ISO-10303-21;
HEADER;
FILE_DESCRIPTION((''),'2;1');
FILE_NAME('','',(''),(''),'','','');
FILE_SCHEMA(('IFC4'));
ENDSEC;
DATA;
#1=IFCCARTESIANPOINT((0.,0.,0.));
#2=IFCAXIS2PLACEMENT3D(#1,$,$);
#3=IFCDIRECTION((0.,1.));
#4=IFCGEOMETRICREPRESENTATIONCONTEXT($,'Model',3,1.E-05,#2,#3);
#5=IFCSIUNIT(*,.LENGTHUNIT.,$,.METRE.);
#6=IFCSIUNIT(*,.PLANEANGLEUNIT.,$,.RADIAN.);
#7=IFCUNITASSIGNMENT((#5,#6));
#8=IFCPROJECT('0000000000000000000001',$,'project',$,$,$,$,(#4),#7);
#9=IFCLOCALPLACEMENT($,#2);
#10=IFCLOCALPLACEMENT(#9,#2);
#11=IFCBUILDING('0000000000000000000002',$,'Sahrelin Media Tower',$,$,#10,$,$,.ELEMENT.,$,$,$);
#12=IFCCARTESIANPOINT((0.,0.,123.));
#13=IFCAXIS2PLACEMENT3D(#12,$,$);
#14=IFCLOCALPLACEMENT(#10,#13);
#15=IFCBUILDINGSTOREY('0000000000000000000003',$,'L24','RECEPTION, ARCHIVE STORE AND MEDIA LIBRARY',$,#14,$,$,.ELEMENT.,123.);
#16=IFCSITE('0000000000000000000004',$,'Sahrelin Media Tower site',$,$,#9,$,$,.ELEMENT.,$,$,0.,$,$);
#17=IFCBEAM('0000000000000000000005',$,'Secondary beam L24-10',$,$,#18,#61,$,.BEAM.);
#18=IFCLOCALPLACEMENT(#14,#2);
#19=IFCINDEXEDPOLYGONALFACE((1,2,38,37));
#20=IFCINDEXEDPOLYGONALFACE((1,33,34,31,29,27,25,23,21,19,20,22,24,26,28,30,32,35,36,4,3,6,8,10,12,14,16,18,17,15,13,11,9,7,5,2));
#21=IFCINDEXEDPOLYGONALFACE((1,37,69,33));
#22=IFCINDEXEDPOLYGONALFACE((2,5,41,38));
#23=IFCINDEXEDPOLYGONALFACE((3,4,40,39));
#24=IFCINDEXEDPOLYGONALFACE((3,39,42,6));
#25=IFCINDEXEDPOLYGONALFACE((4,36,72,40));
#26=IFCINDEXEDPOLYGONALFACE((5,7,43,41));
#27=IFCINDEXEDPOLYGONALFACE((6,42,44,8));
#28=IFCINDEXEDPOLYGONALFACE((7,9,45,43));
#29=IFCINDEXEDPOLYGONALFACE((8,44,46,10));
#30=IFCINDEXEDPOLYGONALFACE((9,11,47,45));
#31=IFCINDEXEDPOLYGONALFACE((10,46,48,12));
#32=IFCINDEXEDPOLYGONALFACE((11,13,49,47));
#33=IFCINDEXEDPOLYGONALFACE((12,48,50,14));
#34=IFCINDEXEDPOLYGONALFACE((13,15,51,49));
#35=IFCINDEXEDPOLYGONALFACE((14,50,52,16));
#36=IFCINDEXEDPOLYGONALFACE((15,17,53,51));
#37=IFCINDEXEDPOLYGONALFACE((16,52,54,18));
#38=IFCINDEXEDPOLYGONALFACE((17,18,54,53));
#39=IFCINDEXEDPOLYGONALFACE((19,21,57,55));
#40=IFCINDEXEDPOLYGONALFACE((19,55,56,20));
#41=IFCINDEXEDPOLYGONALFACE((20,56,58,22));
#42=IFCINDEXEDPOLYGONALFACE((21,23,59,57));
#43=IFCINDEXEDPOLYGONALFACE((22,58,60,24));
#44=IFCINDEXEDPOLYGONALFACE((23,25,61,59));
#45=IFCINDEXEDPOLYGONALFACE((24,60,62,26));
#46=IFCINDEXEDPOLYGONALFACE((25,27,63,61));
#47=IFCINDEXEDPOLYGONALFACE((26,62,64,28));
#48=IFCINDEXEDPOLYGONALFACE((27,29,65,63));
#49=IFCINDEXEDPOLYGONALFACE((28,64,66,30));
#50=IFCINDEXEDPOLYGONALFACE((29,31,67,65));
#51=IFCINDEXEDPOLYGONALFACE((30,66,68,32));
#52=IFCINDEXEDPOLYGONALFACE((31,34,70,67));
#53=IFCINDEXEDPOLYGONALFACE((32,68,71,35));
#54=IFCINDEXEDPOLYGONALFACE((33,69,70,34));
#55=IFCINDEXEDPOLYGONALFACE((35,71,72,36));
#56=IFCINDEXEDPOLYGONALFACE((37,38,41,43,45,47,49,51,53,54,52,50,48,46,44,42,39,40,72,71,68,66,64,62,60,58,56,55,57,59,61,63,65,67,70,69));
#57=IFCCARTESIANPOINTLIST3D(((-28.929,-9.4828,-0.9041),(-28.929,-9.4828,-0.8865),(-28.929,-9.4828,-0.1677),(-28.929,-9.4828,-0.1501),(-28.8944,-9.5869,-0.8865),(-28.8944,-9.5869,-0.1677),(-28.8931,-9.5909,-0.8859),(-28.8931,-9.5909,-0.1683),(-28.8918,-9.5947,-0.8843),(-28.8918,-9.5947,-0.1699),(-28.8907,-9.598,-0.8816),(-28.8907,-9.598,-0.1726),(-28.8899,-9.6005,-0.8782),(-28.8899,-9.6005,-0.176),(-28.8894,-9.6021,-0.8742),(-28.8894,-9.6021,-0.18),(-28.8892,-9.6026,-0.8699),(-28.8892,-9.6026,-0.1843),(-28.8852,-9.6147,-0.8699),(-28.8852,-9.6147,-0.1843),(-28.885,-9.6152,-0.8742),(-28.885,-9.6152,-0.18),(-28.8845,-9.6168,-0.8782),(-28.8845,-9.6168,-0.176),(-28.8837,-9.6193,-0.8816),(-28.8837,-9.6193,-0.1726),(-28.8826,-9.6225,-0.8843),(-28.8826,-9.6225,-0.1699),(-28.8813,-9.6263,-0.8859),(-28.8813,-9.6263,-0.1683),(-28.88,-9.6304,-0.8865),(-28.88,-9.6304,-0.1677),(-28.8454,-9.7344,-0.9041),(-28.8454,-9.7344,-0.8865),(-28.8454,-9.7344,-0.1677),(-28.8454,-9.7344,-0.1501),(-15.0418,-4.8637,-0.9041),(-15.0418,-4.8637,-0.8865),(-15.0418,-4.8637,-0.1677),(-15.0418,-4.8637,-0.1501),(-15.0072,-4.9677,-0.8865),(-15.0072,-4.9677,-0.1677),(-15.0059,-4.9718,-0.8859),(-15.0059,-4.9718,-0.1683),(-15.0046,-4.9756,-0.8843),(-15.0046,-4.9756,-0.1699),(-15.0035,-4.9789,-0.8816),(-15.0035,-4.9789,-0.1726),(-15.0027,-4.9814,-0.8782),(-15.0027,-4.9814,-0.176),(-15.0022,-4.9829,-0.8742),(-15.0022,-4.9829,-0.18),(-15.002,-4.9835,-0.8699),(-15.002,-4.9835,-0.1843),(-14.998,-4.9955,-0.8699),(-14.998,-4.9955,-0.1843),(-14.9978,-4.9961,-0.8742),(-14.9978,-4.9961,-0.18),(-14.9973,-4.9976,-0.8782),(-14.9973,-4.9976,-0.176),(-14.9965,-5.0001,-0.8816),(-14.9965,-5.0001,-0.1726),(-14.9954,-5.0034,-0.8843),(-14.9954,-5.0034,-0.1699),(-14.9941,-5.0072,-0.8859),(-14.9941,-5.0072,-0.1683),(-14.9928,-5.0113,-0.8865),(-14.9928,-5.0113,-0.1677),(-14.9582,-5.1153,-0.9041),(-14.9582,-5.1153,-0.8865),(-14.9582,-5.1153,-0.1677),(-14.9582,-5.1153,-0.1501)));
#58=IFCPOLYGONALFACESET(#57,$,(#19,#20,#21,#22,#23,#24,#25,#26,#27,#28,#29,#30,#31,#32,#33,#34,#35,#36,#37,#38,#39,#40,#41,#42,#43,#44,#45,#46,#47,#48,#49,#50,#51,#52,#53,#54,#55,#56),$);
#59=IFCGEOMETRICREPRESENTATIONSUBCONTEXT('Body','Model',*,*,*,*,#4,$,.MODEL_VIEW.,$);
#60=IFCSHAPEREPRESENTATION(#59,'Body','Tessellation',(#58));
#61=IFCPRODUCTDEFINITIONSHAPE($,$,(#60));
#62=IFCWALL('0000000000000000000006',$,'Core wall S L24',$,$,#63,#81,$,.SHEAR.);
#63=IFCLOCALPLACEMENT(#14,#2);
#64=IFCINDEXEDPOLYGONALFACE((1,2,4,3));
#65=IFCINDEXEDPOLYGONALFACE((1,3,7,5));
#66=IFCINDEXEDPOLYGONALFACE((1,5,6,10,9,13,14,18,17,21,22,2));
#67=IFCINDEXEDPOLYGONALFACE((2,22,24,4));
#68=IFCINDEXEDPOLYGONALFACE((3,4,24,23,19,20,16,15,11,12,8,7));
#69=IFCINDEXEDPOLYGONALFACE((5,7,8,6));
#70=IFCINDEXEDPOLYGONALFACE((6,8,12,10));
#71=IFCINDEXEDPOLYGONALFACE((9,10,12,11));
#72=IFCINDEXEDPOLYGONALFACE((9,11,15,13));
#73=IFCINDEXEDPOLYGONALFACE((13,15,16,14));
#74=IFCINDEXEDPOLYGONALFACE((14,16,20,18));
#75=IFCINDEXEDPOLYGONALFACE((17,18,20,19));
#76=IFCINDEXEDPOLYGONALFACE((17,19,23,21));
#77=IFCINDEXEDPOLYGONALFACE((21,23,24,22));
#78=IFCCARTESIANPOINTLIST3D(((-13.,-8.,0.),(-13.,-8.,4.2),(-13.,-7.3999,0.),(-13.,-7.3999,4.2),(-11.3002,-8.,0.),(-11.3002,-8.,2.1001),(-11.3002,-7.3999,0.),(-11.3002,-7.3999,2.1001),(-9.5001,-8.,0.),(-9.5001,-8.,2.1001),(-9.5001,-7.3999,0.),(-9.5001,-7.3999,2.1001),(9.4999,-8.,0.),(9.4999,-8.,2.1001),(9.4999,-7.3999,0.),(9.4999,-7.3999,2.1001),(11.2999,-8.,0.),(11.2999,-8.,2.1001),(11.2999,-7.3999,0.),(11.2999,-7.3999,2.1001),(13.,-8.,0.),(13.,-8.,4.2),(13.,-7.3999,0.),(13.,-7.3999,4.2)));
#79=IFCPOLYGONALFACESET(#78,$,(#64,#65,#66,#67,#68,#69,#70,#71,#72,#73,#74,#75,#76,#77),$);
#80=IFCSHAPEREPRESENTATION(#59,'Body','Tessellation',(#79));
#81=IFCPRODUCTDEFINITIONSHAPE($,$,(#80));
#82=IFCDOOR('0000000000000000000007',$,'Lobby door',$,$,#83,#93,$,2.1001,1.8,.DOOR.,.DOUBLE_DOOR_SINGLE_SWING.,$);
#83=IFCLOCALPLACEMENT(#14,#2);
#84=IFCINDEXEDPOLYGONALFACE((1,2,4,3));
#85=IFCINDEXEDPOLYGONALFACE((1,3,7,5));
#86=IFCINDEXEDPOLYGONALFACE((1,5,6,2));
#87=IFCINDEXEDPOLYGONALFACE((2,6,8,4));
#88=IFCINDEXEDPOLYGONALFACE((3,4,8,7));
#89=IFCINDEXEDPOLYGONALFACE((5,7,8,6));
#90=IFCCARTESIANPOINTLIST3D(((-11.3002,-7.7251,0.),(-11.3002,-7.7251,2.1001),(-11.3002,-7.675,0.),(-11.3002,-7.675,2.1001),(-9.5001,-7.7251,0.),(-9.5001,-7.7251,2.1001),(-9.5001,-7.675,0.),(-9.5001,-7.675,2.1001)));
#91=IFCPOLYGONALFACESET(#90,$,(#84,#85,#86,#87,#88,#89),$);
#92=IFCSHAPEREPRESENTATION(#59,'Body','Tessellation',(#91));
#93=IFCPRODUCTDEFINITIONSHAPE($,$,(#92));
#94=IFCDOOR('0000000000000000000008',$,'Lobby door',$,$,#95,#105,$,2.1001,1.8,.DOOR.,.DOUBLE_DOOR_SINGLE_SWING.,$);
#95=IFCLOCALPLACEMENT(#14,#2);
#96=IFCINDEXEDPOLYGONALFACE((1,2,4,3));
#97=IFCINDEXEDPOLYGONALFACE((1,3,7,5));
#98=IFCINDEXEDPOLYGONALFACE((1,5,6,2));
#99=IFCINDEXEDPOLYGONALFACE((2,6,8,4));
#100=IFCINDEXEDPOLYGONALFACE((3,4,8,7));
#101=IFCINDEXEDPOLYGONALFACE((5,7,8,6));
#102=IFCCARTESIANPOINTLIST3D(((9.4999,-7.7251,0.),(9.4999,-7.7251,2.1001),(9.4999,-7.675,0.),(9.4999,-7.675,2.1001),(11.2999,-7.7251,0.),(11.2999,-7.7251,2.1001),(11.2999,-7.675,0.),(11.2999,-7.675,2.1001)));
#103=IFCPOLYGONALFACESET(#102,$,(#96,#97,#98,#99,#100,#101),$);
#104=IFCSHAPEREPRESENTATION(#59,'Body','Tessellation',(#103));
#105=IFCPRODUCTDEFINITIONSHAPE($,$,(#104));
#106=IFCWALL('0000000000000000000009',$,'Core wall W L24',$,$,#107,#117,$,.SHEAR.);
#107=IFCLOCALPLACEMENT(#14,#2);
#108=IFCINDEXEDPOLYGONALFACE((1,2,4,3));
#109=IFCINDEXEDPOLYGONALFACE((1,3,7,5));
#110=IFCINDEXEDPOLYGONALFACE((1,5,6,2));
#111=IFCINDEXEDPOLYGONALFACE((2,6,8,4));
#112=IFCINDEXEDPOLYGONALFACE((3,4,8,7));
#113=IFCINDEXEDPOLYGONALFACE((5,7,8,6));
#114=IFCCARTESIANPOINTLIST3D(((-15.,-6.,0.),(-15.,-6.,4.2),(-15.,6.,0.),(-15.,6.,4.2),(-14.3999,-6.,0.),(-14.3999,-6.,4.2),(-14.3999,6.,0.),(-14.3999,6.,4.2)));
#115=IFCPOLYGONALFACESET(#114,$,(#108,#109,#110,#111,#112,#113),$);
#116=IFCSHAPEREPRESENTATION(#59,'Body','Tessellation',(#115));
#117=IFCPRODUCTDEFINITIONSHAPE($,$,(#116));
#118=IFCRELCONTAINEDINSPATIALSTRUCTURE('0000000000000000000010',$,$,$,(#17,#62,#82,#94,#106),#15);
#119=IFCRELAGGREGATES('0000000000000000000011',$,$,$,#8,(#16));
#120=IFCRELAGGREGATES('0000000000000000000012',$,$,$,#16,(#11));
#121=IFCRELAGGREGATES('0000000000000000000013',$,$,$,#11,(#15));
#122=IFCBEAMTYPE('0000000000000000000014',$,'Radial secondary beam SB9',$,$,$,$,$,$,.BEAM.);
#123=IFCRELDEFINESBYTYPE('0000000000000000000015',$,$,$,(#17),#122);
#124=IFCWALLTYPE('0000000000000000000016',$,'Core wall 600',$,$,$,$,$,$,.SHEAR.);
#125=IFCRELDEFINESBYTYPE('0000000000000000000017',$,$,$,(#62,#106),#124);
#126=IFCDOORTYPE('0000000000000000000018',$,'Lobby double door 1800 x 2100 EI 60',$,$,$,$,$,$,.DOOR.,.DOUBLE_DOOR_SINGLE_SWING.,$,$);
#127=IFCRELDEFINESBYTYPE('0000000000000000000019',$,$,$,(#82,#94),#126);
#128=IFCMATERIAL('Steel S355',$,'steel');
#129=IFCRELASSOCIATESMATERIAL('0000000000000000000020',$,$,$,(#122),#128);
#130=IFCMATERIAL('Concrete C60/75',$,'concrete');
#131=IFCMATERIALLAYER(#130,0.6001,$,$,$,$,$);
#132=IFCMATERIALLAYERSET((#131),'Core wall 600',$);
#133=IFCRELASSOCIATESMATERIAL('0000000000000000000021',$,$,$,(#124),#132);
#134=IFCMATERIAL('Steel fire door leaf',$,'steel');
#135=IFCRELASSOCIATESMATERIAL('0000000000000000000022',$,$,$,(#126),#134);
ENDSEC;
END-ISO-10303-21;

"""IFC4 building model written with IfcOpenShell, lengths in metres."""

from ifc_helpers import new_model, si_unit, direction, frame, frame_2d, origin, origin_2d, place, context, subcontext, project, spatial, rectangle, i_section, extrude, material, layer, layer_set, material_profile, profile_set, type_object, element, fill, save


model = new_model("IFC4")

# Units and contexts
model_context = context("Model", 3, precision=1e-05, world=origin(), true_north=direction((0.0, 1.0)))
body_context = subcontext(model_context, "Body", "Model", "MODEL_VIEW")
ifc_project = project(units=[si_unit("LENGTHUNIT", "METRE"), si_unit("PLANEANGLEUNIT", "RADIAN")], contexts=[model_context])

# Site, building, storey
site_placement = place(None, origin())
site = spatial("IfcSite", under=ifc_project, at=site_placement, Name="Sahrelin Media Tower site", CompositionType="ELEMENT", RefElevation=0.0)
building_placement = place(site_placement, origin())
building = spatial("IfcBuilding", under=site, at=building_placement, Name="Sahrelin Media Tower", CompositionType="ELEMENT")
storey_placement = place(building_placement, frame((0.0, 0.0, 123.0)))
storey = spatial("IfcBuildingStorey", under=building, at=storey_placement, Name="L24", Description="RECEPTION, ARCHIVE STORE AND MEDIA LIBRARY", CompositionType="ELEMENT", Elevation=123.0)

# Beam
ifc_material_1 = material(Name="Steel S355", Category="steel")
ifc_material_profile_1 = material_profile(ifc_material_1, i_section(OverallWidth=0.2651, OverallDepth=0.7539, WebThickness=0.0127, FlangeThickness=0.0176, FilletRadius=0.0166, at=origin_2d()), Name="UB 762x267x147")
ifc_profile_set_1 = profile_set([ifc_material_profile_1], Name="Steel S355")
beam_type_1 = type_object("IfcBeamType", Name="Radial secondary beam SB9", PredefinedType="BEAM", material=ifc_profile_set_1)
beam_1_placement = place(storey_placement, frame((-15.0, -4.9895, -0.5271), z_axis=(-0.948887, -0.315617, 0.0), x_axis=(0.315617, -0.948887, 0.0)))
element("IfcBeam", 1, at=beam_1_placement, inside=storey, type_object=beam_type_1, Name="Secondary beam L24-10", PredefinedType="BEAM", context=body_context, shape_type="SweptSolid", body=[
    extrude(i_section(OverallWidth=0.2651, OverallDepth=0.7539, WebThickness=0.0127, FlangeThickness=0.0176, FilletRadius=0.0166, at=origin_2d()), origin(), (0.0, 0.0, 1.0), 14.6353),
])

# Wall, openings, doors
ifc_material_2 = material(Name="Concrete C60/75", Category="concrete")
ifc_layer_1 = layer(ifc_material_2, 0.6001)
ifc_layer_set_1 = layer_set([ifc_layer_1], Name="Core wall 600")
wall_type_1 = type_object("IfcWallType", Name="Core wall 600", PredefinedType="SHEAR", material=ifc_layer_set_1)
wall_1_placement = place(storey_placement, frame((-13.0, -7.7, 0.0), z_axis=(0.0, 0.0, 1.0), x_axis=(1.0, 0.0, 0.0)))
wall_1 = element("IfcWall", 2, at=wall_1_placement, inside=storey, type_object=wall_type_1, Name="Core wall S L24", PredefinedType="SHEAR", context=body_context, shape_type="SweptSolid", body=[
    extrude(rectangle(XDim=26.0, YDim=0.6001, at=frame_2d((13.0, 0.0))), origin(), (0.0, 0.0, 1.0), 4.2),
])
opening_1_placement = place(wall_1_placement, frame((1.7, 0.0, 0.0)))
opening_1 = element("IfcOpeningElement", 3, at=opening_1_placement, cuts=wall_1, PredefinedType="OPENING", context=body_context, shape_type="SweptSolid", body=[
    extrude(rectangle(XDim=1.8, YDim=2.1001, at=frame_2d((0.8999, 1.05))), frame((0.0, 0.3, 0.0), z_axis=(0.0, -1.0, 0.0), x_axis=(1.0, 0.0, 0.0)), (0.0, 0.0, 1.0), 0.6001),
])
opening_2_placement = place(wall_1_placement, frame((22.5, 0.0, 0.0)))
opening_2 = element("IfcOpeningElement", 4, at=opening_2_placement, cuts=wall_1, PredefinedType="OPENING", context=body_context, shape_type="SweptSolid", body=[
    extrude(rectangle(XDim=1.8, YDim=2.1001, at=frame_2d((0.8999, 1.05))), frame((0.0, 0.3, 0.0), z_axis=(0.0, -1.0, 0.0), x_axis=(1.0, 0.0, 0.0)), (0.0, 0.0, 1.0), 0.6001),
])
ifc_material_3 = material(Name="Steel fire door leaf", Category="steel")
door_type_1 = type_object("IfcDoorType", Name="Lobby double door 1800 x 2100 EI 60", OperationType="DOUBLE_DOOR_SINGLE_SWING", PredefinedType="DOOR", material=ifc_material_3)
door_1_placement = place(opening_1_placement, origin())
door_1 = element("IfcDoor", 5, at=door_1_placement, inside=storey, type_object=door_type_1, Name="Lobby door", OperationType="DOUBLE_DOOR_SINGLE_SWING", OverallHeight=2.1001, OverallWidth=1.8, PredefinedType="DOOR", context=body_context, shape_type="SweptSolid", body=[
    extrude(rectangle(XDim=1.8, YDim=2.1001, at=frame_2d((0.8999, 1.05))), frame((0.0, 0.0249, 0.0), z_axis=(0.0, -1.0, 0.0), x_axis=(1.0, 0.0, 0.0)), (0.0, 0.0, 1.0), 0.05),
])
fill(opening_1, door_1)
door_2_placement = place(opening_2_placement, origin())
door_2 = element("IfcDoor", 6, at=door_2_placement, inside=storey, type_object=door_type_1, Name="Lobby door", OperationType="DOUBLE_DOOR_SINGLE_SWING", OverallHeight=2.1001, OverallWidth=1.8, PredefinedType="DOOR", context=body_context, shape_type="SweptSolid", body=[
    extrude(rectangle(XDim=1.8, YDim=2.1001, at=frame_2d((0.8999, 1.05))), frame((0.0, 0.0249, 0.0), z_axis=(0.0, -1.0, 0.0), x_axis=(1.0, 0.0, 0.0)), (0.0, 0.0, 1.0), 0.05),
])
fill(opening_2, door_2)

# Wall
wall_2_placement = place(storey_placement, frame((-14.7, -6.0, 0.0), z_axis=(0.0, 0.0, 1.0), x_axis=(0.0, 1.0, 0.0)))
element("IfcWall", 7, at=wall_2_placement, inside=storey, type_object=wall_type_1, Name="Core wall W L24", PredefinedType="SHEAR", context=body_context, shape_type="SweptSolid", body=[
    extrude(rectangle(XDim=12.0, YDim=0.6001, at=frame_2d((6.0, 0.0))), origin(), (0.0, 0.0, 1.0), 4.2),
])

save(model, "model.ifc")
